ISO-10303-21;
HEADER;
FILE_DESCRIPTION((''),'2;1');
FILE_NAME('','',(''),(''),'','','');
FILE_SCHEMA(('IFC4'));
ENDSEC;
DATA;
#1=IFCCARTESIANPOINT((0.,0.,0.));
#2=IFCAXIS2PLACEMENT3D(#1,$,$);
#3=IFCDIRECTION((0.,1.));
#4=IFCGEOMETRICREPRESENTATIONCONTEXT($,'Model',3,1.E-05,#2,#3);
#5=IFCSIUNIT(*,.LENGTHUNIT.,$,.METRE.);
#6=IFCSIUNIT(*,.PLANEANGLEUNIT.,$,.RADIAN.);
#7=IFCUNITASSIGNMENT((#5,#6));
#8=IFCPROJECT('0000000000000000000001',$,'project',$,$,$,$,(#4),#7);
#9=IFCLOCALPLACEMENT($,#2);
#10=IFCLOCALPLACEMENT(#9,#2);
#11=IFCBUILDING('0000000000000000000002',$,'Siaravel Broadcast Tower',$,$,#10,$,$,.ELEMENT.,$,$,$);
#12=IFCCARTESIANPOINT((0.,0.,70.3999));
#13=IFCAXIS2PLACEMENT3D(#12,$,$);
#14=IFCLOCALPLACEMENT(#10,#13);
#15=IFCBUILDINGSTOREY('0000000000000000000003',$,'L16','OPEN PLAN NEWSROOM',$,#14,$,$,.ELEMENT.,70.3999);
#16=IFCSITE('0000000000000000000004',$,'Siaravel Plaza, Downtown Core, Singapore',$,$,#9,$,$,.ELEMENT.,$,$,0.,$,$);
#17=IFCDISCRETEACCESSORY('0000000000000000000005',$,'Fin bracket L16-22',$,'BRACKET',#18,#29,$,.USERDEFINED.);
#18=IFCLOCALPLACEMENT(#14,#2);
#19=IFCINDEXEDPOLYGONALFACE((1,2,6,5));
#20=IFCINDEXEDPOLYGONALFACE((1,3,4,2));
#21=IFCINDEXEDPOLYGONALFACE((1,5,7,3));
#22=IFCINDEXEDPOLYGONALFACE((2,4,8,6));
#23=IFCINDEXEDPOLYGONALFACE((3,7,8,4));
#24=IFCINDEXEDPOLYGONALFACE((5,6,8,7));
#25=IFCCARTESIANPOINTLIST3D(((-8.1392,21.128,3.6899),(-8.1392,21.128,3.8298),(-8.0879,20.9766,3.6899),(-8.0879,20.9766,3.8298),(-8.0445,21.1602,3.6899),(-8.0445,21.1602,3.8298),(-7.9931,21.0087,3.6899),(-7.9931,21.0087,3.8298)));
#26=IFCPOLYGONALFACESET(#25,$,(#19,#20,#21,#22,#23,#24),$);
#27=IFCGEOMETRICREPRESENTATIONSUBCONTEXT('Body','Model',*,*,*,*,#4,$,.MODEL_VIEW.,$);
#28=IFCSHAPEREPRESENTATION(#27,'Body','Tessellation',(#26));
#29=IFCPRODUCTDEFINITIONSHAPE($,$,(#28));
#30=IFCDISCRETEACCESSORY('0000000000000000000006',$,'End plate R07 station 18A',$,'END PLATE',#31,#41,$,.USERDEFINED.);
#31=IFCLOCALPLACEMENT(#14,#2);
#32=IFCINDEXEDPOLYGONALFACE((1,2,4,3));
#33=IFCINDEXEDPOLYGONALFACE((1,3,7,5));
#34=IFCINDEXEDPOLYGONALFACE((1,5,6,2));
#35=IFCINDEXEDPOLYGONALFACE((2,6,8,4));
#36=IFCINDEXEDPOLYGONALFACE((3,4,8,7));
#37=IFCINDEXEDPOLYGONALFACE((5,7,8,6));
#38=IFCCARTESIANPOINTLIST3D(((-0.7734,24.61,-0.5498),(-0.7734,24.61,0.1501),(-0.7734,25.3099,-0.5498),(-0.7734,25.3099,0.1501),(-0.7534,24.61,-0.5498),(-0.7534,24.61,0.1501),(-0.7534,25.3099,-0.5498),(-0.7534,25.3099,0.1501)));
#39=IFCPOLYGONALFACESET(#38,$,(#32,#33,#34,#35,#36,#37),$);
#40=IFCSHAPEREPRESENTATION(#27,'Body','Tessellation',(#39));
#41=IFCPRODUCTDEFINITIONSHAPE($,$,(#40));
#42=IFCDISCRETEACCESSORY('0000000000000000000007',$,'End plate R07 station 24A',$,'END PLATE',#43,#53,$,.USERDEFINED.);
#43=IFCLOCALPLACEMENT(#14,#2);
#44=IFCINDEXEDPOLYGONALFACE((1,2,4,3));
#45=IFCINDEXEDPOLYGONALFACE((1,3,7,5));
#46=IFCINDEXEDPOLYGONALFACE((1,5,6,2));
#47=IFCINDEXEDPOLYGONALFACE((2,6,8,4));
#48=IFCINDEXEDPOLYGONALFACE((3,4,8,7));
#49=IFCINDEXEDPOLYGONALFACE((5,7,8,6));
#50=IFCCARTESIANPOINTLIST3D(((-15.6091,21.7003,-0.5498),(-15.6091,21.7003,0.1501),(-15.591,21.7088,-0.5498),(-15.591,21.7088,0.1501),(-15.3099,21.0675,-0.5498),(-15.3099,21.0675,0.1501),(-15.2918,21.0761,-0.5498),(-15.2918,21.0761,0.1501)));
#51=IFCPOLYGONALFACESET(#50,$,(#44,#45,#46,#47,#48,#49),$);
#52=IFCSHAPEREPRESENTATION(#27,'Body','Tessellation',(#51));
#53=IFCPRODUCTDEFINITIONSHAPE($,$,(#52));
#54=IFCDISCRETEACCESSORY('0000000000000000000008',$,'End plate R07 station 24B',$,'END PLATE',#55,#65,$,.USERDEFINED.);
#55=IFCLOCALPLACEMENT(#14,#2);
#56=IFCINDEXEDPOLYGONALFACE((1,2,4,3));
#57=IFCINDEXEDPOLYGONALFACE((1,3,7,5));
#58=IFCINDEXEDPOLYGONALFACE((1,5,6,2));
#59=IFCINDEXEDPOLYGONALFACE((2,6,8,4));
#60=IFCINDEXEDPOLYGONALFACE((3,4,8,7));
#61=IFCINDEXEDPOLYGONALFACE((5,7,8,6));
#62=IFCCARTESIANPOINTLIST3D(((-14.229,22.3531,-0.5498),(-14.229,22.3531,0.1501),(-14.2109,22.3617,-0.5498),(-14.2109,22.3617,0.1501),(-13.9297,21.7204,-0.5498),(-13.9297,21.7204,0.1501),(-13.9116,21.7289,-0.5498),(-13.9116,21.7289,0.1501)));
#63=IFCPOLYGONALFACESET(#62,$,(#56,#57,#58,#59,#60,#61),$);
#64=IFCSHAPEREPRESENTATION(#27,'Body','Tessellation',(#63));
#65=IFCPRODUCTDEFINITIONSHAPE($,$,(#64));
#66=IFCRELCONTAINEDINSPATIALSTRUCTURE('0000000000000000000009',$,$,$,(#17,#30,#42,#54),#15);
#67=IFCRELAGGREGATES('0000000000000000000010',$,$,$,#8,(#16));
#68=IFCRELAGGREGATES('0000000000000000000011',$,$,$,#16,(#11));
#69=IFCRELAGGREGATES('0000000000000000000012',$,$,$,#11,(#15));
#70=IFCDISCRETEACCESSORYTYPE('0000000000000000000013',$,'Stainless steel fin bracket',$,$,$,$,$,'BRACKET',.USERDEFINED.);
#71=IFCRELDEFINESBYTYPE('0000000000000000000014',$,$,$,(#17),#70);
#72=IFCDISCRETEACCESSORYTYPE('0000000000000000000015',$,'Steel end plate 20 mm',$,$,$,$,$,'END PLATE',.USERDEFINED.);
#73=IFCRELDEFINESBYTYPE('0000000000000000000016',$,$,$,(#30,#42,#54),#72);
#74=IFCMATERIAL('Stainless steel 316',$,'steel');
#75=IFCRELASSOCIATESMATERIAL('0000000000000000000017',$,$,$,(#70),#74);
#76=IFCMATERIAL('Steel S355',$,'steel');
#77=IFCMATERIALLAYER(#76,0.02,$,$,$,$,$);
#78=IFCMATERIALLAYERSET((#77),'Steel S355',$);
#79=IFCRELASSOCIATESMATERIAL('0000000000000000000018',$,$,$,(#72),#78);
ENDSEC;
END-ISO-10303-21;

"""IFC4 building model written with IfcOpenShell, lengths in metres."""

from ifc_helpers import new_model, si_unit, direction, frame, origin, origin_2d, place, context, subcontext, project, spatial, rectangle, extrude, material, layer, layer_set, type_object, element, save


model = new_model("IFC4")

# Units and contexts
model_context = context("Model", 3, precision=1e-05, world=origin(), true_north=direction((0.0, 1.0)))
body_context = subcontext(model_context, "Body", "Model", "MODEL_VIEW")
ifc_project = project(units=[si_unit("LENGTHUNIT", "METRE"), si_unit("PLANEANGLEUNIT", "RADIAN")], contexts=[model_context])

# Site, building, storey
site_placement = place(None, origin())
site = spatial("IfcSite", under=ifc_project, at=site_placement, Name="Siaravel Plaza, Downtown Core, Singapore", CompositionType="ELEMENT", RefElevation=0.0)
building_placement = place(site_placement, origin())
building = spatial("IfcBuilding", under=site, at=building_placement, Name="Siaravel Broadcast Tower", CompositionType="ELEMENT")
storey_placement = place(building_placement, frame((0.0, 0.0, 70.3999)))
storey = spatial("IfcBuildingStorey", under=building, at=storey_placement, Name="L16", Description="OPEN PLAN NEWSROOM", CompositionType="ELEMENT", Elevation=70.3999)

# Shared definitions
ifc_material_1 = material(Name="Steel S355", Category="steel")

# Discrete accessories
ifc_material_2 = material(Name="Stainless steel 316", Category="steel")
discrete_accessory_type_1 = type_object("IfcDiscreteAccessoryType", Name="Stainless steel fin bracket", ElementType="BRACKET", PredefinedType="USERDEFINED", material=ifc_material_2)
for number, where, z_axis, x_axis, name in (
    (1, (-8.0662, 21.0684, 3.6899), (0.0, 0.0, 1.0), (-0.321301, 0.946977, 0.0), "Fin bracket L16-22"),
):
    element("IfcDiscreteAccessory", number, at=place(storey_placement, frame(where, z_axis=z_axis, x_axis=x_axis)), inside=storey, type_object=discrete_accessory_type_1, Name=name, ObjectType="BRACKET", PredefinedType="USERDEFINED", context=body_context, shape_type="SweptSolid", body=[
        extrude(rectangle(XDim=0.1599, YDim=0.1001, at=origin_2d()), origin(), (0.0, 0.0, 1.0), 0.1399),
    ])
ifc_layer_1 = layer(ifc_material_1, 0.02)
ifc_layer_set_1 = layer_set([ifc_layer_1], Name="Steel S355")
discrete_accessory_type_2 = type_object("IfcDiscreteAccessoryType", Name="Steel end plate 20 mm", ElementType="END PLATE", PredefinedType="USERDEFINED", material=ifc_layer_set_1)
for number, where, z_axis, x_axis, name in (
    (2, (-0.7634, 24.96, -0.5498), (0.0, 0.0, 1.0), (-1.0, 0.0, 0.0), "End plate R07 station 18A"),
    (3, (-15.4504, 21.3882, -0.5498), (0.0, 0.0, 1.0), (-0.904007, -0.427517, 0.0), "End plate R07 station 24A"),
    (4, (-14.0703, 22.041, -0.5498), (0.0, 0.0, 1.0), (-0.904007, -0.427517, 0.0), "End plate R07 station 24B"),
):
    element("IfcDiscreteAccessory", number, at=place(storey_placement, frame(where, z_axis=z_axis, x_axis=x_axis)), inside=storey, type_object=discrete_accessory_type_2, Name=name, ObjectType="END PLATE", PredefinedType="USERDEFINED", context=body_context, shape_type="SweptSolid", body=[
        extrude(rectangle(XDim=0.02, YDim=0.7, at=origin_2d()), origin(), (0.0, 0.0, 1.0), 0.7),
    ])

save(model, "model.ifc")
